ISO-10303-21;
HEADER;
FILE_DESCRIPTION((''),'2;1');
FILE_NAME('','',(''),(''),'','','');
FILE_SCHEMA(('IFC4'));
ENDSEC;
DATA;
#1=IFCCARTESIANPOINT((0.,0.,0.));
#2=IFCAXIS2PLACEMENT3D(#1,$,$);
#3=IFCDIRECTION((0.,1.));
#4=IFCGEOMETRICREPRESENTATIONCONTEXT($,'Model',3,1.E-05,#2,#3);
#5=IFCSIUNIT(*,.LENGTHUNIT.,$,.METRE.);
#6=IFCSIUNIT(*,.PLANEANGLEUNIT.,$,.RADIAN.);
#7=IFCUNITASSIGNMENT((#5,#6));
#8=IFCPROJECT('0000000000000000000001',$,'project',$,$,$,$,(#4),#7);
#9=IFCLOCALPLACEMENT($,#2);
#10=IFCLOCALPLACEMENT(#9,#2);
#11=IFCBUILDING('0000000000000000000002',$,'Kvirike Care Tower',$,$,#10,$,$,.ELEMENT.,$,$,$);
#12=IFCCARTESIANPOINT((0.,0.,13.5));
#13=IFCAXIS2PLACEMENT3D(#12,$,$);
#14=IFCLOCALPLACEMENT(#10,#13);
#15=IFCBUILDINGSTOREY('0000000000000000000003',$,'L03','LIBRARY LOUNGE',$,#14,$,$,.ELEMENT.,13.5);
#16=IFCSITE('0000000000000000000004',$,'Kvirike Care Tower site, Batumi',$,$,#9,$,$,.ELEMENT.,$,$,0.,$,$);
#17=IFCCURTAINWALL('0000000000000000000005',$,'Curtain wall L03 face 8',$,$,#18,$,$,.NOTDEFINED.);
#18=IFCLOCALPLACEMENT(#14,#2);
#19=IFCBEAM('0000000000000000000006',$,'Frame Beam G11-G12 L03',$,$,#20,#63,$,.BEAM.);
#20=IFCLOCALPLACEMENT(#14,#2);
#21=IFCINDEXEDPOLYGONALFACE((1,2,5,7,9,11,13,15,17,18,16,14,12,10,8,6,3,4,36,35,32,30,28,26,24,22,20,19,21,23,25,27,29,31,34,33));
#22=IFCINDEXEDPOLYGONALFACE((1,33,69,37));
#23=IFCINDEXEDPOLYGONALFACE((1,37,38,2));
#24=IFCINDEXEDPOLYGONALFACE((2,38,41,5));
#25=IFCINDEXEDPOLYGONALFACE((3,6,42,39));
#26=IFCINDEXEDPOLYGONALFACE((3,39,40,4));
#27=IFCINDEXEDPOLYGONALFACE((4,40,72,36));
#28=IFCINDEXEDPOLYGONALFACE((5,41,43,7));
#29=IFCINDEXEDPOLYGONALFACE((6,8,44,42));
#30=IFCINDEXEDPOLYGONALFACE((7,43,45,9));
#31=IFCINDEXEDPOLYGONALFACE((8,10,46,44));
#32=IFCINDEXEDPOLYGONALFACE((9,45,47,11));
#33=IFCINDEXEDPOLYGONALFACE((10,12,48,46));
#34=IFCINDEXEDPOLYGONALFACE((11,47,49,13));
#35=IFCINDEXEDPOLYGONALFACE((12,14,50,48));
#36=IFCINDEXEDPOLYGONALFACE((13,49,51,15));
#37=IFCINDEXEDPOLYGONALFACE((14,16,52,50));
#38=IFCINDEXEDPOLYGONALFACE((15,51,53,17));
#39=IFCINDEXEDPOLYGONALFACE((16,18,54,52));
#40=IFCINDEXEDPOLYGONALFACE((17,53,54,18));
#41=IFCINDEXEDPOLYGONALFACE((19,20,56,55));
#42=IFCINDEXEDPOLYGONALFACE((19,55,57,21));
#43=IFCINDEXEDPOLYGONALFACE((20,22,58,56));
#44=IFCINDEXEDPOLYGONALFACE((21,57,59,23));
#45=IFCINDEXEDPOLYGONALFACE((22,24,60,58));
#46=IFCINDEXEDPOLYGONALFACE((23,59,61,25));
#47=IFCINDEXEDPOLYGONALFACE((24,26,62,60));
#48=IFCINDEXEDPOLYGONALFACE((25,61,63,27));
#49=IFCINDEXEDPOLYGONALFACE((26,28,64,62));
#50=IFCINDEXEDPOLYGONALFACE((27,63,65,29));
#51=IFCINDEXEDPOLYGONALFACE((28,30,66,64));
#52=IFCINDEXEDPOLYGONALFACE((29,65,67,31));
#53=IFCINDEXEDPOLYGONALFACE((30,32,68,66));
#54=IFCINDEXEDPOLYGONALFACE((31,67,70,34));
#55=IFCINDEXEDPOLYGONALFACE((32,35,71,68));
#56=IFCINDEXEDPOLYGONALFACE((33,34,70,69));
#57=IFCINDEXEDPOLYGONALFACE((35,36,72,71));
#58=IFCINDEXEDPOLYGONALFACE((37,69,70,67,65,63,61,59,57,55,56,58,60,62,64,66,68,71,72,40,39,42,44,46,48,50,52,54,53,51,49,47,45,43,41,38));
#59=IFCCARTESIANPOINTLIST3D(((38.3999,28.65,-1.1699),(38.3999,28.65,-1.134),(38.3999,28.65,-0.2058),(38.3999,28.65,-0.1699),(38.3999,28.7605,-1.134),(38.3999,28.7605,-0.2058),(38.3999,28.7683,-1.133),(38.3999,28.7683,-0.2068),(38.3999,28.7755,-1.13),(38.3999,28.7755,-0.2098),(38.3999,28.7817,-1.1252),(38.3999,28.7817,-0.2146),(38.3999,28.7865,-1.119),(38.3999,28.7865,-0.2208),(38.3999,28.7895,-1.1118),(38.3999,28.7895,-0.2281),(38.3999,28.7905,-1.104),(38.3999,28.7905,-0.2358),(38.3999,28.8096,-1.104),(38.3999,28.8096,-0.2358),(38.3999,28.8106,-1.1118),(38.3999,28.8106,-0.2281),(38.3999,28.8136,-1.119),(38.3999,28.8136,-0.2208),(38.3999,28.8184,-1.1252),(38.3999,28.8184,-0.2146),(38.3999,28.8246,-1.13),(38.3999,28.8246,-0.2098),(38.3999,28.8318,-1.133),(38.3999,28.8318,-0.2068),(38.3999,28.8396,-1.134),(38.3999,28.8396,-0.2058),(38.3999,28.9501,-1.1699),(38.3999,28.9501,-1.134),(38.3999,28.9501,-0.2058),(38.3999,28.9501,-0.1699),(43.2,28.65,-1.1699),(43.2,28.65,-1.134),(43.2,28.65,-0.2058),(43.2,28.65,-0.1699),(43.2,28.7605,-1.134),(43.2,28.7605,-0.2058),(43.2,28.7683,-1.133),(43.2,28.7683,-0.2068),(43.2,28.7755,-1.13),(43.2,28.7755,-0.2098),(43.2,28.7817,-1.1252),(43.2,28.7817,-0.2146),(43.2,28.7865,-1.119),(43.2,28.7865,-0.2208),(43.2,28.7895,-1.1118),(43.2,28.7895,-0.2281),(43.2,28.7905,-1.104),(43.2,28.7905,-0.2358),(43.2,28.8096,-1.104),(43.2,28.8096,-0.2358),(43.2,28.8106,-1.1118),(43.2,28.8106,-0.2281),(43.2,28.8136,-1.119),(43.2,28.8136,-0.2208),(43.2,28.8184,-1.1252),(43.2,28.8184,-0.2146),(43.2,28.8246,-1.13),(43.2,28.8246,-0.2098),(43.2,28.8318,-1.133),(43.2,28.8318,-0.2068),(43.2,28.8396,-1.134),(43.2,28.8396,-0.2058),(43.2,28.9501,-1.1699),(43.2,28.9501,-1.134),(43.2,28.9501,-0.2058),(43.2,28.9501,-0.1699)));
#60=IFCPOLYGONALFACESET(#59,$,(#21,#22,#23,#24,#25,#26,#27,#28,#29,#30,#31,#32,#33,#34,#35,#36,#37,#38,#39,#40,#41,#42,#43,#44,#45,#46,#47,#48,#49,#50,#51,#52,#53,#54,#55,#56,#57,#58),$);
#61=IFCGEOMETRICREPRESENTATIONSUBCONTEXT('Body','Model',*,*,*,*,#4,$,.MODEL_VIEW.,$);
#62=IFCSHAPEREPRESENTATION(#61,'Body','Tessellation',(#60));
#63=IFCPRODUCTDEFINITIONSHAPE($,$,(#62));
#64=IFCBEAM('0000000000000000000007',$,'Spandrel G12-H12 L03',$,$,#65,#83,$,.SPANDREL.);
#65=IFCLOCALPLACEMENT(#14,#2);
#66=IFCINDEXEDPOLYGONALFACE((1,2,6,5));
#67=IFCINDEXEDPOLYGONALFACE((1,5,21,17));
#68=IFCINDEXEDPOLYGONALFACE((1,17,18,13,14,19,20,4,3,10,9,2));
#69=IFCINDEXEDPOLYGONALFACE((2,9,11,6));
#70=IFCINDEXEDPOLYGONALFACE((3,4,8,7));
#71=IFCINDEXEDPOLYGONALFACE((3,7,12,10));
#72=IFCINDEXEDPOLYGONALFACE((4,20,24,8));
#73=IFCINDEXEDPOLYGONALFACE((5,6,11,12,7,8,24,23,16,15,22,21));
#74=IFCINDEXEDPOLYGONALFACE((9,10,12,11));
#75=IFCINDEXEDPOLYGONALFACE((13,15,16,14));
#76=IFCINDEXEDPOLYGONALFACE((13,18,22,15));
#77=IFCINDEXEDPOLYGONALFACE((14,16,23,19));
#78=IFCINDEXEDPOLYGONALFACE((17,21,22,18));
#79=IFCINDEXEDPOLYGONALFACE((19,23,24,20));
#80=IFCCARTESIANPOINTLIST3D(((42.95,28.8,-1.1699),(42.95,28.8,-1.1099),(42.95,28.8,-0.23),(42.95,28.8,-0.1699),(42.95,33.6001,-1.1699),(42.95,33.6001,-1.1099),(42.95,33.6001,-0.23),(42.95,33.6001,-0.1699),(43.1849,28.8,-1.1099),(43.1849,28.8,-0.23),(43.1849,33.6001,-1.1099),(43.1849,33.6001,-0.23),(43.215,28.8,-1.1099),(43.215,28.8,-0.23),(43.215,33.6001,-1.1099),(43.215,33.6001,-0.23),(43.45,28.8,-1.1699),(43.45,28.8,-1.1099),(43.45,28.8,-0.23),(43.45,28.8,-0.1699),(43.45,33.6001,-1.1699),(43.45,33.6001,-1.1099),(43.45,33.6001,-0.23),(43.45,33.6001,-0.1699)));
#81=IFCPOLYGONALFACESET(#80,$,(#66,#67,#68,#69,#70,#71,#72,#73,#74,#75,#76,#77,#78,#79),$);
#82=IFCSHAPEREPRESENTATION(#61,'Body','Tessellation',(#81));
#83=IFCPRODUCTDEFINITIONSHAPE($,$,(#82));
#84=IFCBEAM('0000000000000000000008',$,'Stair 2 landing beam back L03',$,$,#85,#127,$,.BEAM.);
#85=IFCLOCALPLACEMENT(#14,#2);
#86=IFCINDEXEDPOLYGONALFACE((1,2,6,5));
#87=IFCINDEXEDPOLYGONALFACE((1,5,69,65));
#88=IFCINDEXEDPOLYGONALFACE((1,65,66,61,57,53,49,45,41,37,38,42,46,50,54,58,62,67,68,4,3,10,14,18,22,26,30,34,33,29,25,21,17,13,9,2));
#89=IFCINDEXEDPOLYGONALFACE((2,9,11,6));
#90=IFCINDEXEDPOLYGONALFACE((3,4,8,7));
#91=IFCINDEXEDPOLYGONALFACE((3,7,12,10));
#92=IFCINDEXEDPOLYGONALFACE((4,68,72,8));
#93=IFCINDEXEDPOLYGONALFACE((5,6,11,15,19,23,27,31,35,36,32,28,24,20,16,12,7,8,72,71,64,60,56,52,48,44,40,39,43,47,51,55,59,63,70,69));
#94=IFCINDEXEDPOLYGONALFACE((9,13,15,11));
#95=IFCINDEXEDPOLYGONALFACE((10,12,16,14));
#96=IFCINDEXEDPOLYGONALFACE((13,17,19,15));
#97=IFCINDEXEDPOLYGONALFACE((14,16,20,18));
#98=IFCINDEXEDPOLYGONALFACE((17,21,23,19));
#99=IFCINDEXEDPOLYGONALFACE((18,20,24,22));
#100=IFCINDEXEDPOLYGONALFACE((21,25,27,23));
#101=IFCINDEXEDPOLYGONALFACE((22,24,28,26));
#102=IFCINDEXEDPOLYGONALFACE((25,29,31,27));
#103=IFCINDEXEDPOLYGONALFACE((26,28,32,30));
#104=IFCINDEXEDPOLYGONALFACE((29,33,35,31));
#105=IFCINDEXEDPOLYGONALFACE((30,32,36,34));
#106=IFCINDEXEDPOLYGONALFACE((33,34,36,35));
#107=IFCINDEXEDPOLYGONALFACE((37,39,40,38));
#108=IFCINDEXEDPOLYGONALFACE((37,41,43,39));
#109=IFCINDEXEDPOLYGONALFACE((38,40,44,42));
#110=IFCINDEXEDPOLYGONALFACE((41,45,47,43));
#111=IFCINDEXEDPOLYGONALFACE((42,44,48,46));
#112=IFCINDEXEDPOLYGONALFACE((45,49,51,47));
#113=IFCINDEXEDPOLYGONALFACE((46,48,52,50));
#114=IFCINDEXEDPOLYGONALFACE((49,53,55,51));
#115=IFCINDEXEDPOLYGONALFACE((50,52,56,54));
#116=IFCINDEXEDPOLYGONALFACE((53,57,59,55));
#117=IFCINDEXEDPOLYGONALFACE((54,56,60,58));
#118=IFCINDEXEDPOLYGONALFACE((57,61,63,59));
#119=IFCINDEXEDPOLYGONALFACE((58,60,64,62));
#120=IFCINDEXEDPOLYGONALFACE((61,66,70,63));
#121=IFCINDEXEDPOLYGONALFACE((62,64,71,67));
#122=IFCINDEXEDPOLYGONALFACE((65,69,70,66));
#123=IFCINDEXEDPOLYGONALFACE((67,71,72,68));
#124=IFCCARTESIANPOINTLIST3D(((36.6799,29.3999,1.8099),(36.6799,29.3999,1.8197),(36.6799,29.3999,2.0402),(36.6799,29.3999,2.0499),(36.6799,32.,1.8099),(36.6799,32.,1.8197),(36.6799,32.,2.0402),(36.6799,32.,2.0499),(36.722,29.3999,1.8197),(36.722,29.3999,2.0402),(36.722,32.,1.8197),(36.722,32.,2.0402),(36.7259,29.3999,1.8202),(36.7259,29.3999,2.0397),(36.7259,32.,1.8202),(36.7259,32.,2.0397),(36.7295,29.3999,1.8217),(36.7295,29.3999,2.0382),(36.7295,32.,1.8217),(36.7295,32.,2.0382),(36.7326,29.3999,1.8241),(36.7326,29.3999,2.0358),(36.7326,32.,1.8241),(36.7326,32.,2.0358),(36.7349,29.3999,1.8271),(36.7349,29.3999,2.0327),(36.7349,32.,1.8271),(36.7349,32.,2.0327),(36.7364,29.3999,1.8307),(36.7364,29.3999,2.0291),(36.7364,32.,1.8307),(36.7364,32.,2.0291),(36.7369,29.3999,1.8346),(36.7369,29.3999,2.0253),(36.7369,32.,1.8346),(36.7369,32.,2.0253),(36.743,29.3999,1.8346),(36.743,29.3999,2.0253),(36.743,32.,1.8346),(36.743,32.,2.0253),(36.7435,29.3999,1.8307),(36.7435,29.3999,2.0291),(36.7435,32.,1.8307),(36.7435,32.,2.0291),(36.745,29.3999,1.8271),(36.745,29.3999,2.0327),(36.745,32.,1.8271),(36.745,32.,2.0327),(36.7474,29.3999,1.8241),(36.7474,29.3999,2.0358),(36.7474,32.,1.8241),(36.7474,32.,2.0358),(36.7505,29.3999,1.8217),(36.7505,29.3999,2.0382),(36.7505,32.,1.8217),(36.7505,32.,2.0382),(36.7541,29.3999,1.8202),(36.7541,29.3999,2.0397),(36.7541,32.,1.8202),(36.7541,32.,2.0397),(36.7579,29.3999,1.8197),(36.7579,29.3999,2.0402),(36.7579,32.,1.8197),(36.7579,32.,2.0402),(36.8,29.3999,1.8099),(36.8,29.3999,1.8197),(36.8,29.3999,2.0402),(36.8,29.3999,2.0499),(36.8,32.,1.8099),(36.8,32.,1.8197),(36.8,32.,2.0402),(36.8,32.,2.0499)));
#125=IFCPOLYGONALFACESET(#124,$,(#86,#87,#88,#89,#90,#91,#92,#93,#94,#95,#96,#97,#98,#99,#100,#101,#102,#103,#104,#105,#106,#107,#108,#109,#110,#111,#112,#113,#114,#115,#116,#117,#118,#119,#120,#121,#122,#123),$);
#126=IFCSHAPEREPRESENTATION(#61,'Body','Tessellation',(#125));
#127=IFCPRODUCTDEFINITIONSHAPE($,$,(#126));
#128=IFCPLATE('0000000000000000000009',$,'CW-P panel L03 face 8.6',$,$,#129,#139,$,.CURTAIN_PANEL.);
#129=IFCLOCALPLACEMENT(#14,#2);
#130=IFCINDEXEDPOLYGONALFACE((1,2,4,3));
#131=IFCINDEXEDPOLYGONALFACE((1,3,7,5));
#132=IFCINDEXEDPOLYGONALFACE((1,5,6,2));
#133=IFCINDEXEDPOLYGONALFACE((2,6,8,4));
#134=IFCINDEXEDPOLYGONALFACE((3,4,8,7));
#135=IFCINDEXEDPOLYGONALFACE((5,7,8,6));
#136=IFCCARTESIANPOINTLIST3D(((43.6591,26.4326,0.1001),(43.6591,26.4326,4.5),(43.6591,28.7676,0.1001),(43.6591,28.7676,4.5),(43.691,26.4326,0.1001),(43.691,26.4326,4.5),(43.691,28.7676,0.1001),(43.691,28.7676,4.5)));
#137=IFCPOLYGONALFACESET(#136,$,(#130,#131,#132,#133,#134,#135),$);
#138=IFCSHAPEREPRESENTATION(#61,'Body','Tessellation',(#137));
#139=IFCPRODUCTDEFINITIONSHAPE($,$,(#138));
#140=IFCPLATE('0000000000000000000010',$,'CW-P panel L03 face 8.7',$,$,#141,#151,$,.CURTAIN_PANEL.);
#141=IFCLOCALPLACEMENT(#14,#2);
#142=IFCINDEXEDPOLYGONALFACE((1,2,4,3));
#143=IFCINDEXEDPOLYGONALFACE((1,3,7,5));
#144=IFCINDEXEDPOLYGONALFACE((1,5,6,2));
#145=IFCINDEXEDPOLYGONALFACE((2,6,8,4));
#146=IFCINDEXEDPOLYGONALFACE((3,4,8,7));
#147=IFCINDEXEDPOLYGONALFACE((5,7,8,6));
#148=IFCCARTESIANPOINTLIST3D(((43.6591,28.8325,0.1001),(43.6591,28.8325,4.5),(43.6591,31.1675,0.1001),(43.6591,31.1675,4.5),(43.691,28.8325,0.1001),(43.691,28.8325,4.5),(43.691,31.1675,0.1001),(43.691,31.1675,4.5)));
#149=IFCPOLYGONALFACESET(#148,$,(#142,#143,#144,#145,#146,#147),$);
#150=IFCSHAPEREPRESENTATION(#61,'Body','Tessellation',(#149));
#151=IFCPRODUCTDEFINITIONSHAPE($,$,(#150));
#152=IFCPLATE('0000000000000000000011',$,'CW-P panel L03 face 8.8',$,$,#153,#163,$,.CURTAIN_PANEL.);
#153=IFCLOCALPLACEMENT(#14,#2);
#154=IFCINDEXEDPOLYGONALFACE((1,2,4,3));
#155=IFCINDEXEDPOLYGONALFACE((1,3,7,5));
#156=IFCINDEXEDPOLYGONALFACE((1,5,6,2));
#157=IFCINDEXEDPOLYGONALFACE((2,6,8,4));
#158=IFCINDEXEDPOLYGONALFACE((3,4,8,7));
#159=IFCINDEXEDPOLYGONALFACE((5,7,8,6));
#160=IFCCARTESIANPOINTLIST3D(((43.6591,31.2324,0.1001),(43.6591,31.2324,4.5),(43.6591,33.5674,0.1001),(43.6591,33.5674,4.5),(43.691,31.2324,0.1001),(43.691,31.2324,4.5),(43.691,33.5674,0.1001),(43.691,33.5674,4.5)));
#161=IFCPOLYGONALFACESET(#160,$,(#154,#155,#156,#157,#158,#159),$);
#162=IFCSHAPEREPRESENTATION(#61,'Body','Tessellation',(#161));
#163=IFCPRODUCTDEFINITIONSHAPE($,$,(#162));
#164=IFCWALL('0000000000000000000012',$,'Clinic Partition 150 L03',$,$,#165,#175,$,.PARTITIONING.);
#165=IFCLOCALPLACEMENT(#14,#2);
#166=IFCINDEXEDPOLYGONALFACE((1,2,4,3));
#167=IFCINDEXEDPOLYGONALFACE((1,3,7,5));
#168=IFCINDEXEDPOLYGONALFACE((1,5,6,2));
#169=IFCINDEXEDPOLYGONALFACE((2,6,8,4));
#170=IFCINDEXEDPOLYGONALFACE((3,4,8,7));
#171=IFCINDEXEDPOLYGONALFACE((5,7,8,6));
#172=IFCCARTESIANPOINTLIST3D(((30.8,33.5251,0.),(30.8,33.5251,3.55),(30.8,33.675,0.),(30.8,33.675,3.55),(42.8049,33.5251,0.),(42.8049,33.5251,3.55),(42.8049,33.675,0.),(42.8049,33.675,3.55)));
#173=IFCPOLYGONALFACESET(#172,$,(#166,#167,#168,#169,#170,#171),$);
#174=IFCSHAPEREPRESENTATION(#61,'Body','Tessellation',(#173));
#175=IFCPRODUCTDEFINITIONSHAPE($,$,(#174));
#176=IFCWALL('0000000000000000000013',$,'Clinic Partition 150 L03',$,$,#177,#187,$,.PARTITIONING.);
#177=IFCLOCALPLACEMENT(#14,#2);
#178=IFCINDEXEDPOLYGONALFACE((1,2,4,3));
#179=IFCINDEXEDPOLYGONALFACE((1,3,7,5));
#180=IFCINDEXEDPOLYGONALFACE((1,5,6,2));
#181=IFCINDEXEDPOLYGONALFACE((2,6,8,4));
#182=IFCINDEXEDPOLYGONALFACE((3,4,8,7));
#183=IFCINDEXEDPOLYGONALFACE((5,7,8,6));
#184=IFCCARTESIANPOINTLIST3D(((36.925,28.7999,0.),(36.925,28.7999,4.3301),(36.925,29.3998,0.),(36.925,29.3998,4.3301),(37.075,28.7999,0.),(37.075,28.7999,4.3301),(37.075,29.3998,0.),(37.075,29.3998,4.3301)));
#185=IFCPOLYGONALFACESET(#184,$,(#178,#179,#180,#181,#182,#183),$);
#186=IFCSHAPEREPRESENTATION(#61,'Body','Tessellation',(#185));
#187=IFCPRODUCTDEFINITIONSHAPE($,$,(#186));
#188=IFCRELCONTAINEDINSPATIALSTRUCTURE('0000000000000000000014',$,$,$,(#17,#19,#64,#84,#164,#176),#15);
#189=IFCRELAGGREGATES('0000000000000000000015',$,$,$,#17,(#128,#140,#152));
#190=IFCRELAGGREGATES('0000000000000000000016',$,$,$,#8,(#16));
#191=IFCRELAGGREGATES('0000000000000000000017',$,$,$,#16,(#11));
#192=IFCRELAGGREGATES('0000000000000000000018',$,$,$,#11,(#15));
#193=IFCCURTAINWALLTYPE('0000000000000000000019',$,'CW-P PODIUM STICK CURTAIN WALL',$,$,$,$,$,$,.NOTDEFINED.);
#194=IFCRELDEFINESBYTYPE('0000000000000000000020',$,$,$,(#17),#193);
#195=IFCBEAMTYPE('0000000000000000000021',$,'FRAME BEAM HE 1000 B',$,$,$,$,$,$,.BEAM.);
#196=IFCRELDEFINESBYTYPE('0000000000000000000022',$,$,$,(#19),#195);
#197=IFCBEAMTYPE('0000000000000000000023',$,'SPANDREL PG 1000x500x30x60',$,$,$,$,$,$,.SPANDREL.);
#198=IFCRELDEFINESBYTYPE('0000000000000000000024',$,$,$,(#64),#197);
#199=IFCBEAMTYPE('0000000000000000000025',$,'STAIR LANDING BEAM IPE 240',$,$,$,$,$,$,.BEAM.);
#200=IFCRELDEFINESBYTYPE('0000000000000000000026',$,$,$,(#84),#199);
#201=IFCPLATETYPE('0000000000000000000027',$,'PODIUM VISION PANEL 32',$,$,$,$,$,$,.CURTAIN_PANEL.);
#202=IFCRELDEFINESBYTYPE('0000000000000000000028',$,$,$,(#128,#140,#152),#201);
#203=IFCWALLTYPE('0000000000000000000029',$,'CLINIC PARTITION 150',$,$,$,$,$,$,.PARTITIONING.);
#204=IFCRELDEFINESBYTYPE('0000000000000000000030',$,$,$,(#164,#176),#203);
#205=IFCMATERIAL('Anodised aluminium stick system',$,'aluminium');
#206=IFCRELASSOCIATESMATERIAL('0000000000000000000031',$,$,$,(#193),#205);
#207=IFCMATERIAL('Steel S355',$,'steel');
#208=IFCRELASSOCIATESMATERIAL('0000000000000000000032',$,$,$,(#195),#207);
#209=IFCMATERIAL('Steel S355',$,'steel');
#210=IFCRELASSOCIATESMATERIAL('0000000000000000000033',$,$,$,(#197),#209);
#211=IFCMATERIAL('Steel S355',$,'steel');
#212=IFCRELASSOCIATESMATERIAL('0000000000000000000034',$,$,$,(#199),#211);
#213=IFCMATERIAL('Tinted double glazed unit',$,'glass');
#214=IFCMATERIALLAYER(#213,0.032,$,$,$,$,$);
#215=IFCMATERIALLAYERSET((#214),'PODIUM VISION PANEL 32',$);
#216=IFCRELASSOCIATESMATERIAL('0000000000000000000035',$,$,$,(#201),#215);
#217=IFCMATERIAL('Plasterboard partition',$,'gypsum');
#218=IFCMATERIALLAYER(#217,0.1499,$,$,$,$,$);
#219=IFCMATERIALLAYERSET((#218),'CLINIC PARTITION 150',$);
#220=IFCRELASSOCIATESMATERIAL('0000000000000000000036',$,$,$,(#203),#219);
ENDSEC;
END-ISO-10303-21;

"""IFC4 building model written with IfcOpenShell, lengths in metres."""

from ifc_helpers import new_model, si_unit, direction, frame, frame_2d, origin, origin_2d, place, context, subcontext, project, spatial, rectangle, i_section, extrude, material, layer, layer_set, material_profile, profile_set, type_object, element, aggregate, save


model = new_model("IFC4")

# Units and contexts
model_context = context("Model", 3, precision=1e-05, world=origin(), true_north=direction((0.0, 1.0)))
body_context = subcontext(model_context, "Body", "Model", "MODEL_VIEW")
ifc_project = project(units=[si_unit("LENGTHUNIT", "METRE"), si_unit("PLANEANGLEUNIT", "RADIAN")], contexts=[model_context])

# Site, building, storey
site_placement = place(None, origin())
site = spatial("IfcSite", under=ifc_project, at=site_placement, Name="Kvirike Care Tower site, Batumi", CompositionType="ELEMENT", RefElevation=0.0)
building_placement = place(site_placement, origin())
building = spatial("IfcBuilding", under=site, at=building_placement, Name="Kvirike Care Tower", CompositionType="ELEMENT")
storey_placement = place(building_placement, frame((0.0, 0.0, 13.5)))
storey = spatial("IfcBuildingStorey", under=building, at=storey_placement, Name="L03", Description="LIBRARY LOUNGE", CompositionType="ELEMENT", Elevation=13.5)

# Curtain wall
ifc_material_1 = material(Name="Anodised aluminium stick system", Category="aluminium")
curtain_wall_type = type_object("IfcCurtainWallType", Name="CW-P PODIUM STICK CURTAIN WALL", PredefinedType="NOTDEFINED", material=ifc_material_1)
curtain_wall_placement = place(storey_placement, origin())
curtain_wall = element("IfcCurtainWall", 1, at=curtain_wall_placement, inside=storey, type_object=curtain_wall_type, Name="Curtain wall L03 face 8", PredefinedType="NOTDEFINED")

# Beams
ifc_material_2 = material(Name="Steel S355", Category="steel")
ifc_material_profile_1 = material_profile(ifc_material_2, i_section(OverallWidth=0.3, OverallDepth=1.0, WebThickness=0.019, FlangeThickness=0.0359, FilletRadius=0.03, at=origin_2d()), Name="HE 1000 B")
ifc_profile_set_1 = profile_set([ifc_material_profile_1], Name="Steel S355")
beam_type_1 = type_object("IfcBeamType", Name="FRAME BEAM HE 1000 B", PredefinedType="BEAM", material=ifc_profile_set_1)
beam_1_placement = place(storey_placement, frame((38.3999, 28.8, -0.6699), z_axis=(1.0, 0.0, 0.0), x_axis=(0.0, 1.0, 0.0)))
element("IfcBeam", 2, at=beam_1_placement, inside=storey, type_object=beam_type_1, Name="Frame Beam G11-G12 L03", PredefinedType="BEAM", context=body_context, shape_type="SweptSolid", body=[
    extrude(i_section(OverallWidth=0.3, OverallDepth=1.0, WebThickness=0.019, FlangeThickness=0.0359, FilletRadius=0.03, at=origin_2d()), origin(), (0.0, 0.0, 1.0), 4.8),
])
ifc_material_3 = material(Name="Steel S355", Category="steel")
ifc_material_profile_2 = material_profile(ifc_material_3, i_section(OverallWidth=0.5, OverallDepth=1.0, WebThickness=0.03, FlangeThickness=0.0601, at=origin_2d()), Name="PG 1000x500x30x60")
ifc_profile_set_2 = profile_set([ifc_material_profile_2], Name="Steel S355")
beam_type_2 = type_object("IfcBeamType", Name="SPANDREL PG 1000x500x30x60", PredefinedType="SPANDREL", material=ifc_profile_set_2)
beam_2_placement = place(storey_placement, frame((43.2, 28.8, -0.6699), z_axis=(0.0, 1.0, 0.0), x_axis=(-1.0, 0.0, 0.0)))
element("IfcBeam", 3, at=beam_2_placement, inside=storey, type_object=beam_type_2, Name="Spandrel G12-H12 L03", PredefinedType="SPANDREL", context=body_context, shape_type="SweptSolid", body=[
    extrude(i_section(OverallWidth=0.5, OverallDepth=1.0, WebThickness=0.03, FlangeThickness=0.0601, at=origin_2d()), origin(), (0.0, 0.0, 1.0), 4.8),
])
ifc_material_4 = material(Name="Steel S355", Category="steel")
ifc_material_profile_3 = material_profile(ifc_material_4, i_section(OverallWidth=0.1201, OverallDepth=0.24, WebThickness=0.0061, FlangeThickness=0.0098, FilletRadius=0.0149, at=origin_2d()), Name="IPE 240")
ifc_profile_set_3 = profile_set([ifc_material_profile_3], Name="Steel S355")
beam_type_3 = type_object("IfcBeamType", Name="STAIR LANDING BEAM IPE 240", PredefinedType="BEAM", material=ifc_profile_set_3)
beam_3_placement = place(storey_placement, frame((36.74, 29.3999, 1.9299), z_axis=(0.0, 1.0, 0.0), x_axis=(-1.0, 0.0, 0.0)))
element("IfcBeam", 4, at=beam_3_placement, inside=storey, type_object=beam_type_3, Name="Stair 2 landing beam back L03", PredefinedType="BEAM", context=body_context, shape_type="SweptSolid", body=[
    extrude(i_section(OverallWidth=0.1201, OverallDepth=0.24, WebThickness=0.0061, FlangeThickness=0.0098, FilletRadius=0.0149, at=origin_2d()), origin(), (0.0, 0.0, 1.0), 2.6001),
])

# Plates
ifc_material_5 = material(Name="Tinted double glazed unit", Category="glass")
ifc_layer_1 = layer(ifc_material_5, 0.032)
ifc_layer_set_1 = layer_set([ifc_layer_1], Name="PODIUM VISION PANEL 32")
plate_type = type_object("IfcPlateType", Name="PODIUM VISION PANEL 32", PredefinedType="CURTAIN_PANEL", material=ifc_layer_set_1)
plate_1_placement = place(storey_placement, frame((43.675, 27.6001, 0.1001), z_axis=(0.0, 0.0, 1.0), x_axis=(0.0, 1.0, 0.0)))
plate_1 = element("IfcPlate", 5, at=plate_1_placement, type_object=plate_type, Name="CW-P panel L03 face 8.6", PredefinedType="CURTAIN_PANEL", context=body_context, shape_type="SweptSolid", body=[
    extrude(rectangle(XDim=2.335, YDim=0.032, at=origin_2d()), origin(), (0.0, 0.0, 1.0), 4.3999),
])
plate_2_placement = place(storey_placement, frame((43.675, 30.0, 0.1001), z_axis=(0.0, 0.0, 1.0), x_axis=(0.0, 1.0, 0.0)))
plate_2 = element("IfcPlate", 6, at=plate_2_placement, type_object=plate_type, Name="CW-P panel L03 face 8.7", PredefinedType="CURTAIN_PANEL", context=body_context, shape_type="SweptSolid", body=[
    extrude(rectangle(XDim=2.335, YDim=0.032, at=origin_2d()), origin(), (0.0, 0.0, 1.0), 4.3999),
])
plate_3_placement = place(storey_placement, frame((43.675, 32.3999, 0.1001), z_axis=(0.0, 0.0, 1.0), x_axis=(0.0, 1.0, 0.0)))
plate_3 = element("IfcPlate", 7, at=plate_3_placement, type_object=plate_type, Name="CW-P panel L03 face 8.8", PredefinedType="CURTAIN_PANEL", context=body_context, shape_type="SweptSolid", body=[
    extrude(rectangle(XDim=2.335, YDim=0.032, at=origin_2d()), origin(), (0.0, 0.0, 1.0), 4.3999),
])
aggregate(curtain_wall, [plate_1, plate_2, plate_3])

# Walls
ifc_material_6 = material(Name="Plasterboard partition", Category="gypsum")
ifc_layer_2 = layer(ifc_material_6, 0.1499)
ifc_layer_set_2 = layer_set([ifc_layer_2], Name="CLINIC PARTITION 150")
wall_type_1 = type_object("IfcWallType", Name="CLINIC PARTITION 150", PredefinedType="PARTITIONING", material=ifc_layer_set_2)
wall_1_placement = place(storey_placement, frame((42.8049, 33.6001, 0.0), z_axis=(0.0, 0.0, 1.0), x_axis=(-1.0, 0.0, 0.0)))
element("IfcWall", 8, at=wall_1_placement, inside=storey, type_object=wall_type_1, Name="Clinic Partition 150 L03", PredefinedType="PARTITIONING", context=body_context, shape_type="SweptSolid", body=[
    extrude(rectangle(XDim=12.0049, YDim=0.1499, at=frame_2d((6.0024, 0.0))), origin(), (0.0, 0.0, 1.0), 3.55),
])
wall_2_placement = place(storey_placement, frame((37.0, 28.8, 0.0), z_axis=(0.0, 0.0, 1.0), x_axis=(0.0, 1.0, 0.0)))
element("IfcWall", 9, at=wall_2_placement, inside=storey, type_object=wall_type_1, Name="Clinic Partition 150 L03", PredefinedType="PARTITIONING", context=body_context, shape_type="SweptSolid", body=[
    extrude(rectangle(XDim=0.5999, YDim=0.1499, at=frame_2d((0.2998, 0.0))), origin(), (0.0, 0.0, 1.0), 4.3301),
])

save(model, "model.ifc")
